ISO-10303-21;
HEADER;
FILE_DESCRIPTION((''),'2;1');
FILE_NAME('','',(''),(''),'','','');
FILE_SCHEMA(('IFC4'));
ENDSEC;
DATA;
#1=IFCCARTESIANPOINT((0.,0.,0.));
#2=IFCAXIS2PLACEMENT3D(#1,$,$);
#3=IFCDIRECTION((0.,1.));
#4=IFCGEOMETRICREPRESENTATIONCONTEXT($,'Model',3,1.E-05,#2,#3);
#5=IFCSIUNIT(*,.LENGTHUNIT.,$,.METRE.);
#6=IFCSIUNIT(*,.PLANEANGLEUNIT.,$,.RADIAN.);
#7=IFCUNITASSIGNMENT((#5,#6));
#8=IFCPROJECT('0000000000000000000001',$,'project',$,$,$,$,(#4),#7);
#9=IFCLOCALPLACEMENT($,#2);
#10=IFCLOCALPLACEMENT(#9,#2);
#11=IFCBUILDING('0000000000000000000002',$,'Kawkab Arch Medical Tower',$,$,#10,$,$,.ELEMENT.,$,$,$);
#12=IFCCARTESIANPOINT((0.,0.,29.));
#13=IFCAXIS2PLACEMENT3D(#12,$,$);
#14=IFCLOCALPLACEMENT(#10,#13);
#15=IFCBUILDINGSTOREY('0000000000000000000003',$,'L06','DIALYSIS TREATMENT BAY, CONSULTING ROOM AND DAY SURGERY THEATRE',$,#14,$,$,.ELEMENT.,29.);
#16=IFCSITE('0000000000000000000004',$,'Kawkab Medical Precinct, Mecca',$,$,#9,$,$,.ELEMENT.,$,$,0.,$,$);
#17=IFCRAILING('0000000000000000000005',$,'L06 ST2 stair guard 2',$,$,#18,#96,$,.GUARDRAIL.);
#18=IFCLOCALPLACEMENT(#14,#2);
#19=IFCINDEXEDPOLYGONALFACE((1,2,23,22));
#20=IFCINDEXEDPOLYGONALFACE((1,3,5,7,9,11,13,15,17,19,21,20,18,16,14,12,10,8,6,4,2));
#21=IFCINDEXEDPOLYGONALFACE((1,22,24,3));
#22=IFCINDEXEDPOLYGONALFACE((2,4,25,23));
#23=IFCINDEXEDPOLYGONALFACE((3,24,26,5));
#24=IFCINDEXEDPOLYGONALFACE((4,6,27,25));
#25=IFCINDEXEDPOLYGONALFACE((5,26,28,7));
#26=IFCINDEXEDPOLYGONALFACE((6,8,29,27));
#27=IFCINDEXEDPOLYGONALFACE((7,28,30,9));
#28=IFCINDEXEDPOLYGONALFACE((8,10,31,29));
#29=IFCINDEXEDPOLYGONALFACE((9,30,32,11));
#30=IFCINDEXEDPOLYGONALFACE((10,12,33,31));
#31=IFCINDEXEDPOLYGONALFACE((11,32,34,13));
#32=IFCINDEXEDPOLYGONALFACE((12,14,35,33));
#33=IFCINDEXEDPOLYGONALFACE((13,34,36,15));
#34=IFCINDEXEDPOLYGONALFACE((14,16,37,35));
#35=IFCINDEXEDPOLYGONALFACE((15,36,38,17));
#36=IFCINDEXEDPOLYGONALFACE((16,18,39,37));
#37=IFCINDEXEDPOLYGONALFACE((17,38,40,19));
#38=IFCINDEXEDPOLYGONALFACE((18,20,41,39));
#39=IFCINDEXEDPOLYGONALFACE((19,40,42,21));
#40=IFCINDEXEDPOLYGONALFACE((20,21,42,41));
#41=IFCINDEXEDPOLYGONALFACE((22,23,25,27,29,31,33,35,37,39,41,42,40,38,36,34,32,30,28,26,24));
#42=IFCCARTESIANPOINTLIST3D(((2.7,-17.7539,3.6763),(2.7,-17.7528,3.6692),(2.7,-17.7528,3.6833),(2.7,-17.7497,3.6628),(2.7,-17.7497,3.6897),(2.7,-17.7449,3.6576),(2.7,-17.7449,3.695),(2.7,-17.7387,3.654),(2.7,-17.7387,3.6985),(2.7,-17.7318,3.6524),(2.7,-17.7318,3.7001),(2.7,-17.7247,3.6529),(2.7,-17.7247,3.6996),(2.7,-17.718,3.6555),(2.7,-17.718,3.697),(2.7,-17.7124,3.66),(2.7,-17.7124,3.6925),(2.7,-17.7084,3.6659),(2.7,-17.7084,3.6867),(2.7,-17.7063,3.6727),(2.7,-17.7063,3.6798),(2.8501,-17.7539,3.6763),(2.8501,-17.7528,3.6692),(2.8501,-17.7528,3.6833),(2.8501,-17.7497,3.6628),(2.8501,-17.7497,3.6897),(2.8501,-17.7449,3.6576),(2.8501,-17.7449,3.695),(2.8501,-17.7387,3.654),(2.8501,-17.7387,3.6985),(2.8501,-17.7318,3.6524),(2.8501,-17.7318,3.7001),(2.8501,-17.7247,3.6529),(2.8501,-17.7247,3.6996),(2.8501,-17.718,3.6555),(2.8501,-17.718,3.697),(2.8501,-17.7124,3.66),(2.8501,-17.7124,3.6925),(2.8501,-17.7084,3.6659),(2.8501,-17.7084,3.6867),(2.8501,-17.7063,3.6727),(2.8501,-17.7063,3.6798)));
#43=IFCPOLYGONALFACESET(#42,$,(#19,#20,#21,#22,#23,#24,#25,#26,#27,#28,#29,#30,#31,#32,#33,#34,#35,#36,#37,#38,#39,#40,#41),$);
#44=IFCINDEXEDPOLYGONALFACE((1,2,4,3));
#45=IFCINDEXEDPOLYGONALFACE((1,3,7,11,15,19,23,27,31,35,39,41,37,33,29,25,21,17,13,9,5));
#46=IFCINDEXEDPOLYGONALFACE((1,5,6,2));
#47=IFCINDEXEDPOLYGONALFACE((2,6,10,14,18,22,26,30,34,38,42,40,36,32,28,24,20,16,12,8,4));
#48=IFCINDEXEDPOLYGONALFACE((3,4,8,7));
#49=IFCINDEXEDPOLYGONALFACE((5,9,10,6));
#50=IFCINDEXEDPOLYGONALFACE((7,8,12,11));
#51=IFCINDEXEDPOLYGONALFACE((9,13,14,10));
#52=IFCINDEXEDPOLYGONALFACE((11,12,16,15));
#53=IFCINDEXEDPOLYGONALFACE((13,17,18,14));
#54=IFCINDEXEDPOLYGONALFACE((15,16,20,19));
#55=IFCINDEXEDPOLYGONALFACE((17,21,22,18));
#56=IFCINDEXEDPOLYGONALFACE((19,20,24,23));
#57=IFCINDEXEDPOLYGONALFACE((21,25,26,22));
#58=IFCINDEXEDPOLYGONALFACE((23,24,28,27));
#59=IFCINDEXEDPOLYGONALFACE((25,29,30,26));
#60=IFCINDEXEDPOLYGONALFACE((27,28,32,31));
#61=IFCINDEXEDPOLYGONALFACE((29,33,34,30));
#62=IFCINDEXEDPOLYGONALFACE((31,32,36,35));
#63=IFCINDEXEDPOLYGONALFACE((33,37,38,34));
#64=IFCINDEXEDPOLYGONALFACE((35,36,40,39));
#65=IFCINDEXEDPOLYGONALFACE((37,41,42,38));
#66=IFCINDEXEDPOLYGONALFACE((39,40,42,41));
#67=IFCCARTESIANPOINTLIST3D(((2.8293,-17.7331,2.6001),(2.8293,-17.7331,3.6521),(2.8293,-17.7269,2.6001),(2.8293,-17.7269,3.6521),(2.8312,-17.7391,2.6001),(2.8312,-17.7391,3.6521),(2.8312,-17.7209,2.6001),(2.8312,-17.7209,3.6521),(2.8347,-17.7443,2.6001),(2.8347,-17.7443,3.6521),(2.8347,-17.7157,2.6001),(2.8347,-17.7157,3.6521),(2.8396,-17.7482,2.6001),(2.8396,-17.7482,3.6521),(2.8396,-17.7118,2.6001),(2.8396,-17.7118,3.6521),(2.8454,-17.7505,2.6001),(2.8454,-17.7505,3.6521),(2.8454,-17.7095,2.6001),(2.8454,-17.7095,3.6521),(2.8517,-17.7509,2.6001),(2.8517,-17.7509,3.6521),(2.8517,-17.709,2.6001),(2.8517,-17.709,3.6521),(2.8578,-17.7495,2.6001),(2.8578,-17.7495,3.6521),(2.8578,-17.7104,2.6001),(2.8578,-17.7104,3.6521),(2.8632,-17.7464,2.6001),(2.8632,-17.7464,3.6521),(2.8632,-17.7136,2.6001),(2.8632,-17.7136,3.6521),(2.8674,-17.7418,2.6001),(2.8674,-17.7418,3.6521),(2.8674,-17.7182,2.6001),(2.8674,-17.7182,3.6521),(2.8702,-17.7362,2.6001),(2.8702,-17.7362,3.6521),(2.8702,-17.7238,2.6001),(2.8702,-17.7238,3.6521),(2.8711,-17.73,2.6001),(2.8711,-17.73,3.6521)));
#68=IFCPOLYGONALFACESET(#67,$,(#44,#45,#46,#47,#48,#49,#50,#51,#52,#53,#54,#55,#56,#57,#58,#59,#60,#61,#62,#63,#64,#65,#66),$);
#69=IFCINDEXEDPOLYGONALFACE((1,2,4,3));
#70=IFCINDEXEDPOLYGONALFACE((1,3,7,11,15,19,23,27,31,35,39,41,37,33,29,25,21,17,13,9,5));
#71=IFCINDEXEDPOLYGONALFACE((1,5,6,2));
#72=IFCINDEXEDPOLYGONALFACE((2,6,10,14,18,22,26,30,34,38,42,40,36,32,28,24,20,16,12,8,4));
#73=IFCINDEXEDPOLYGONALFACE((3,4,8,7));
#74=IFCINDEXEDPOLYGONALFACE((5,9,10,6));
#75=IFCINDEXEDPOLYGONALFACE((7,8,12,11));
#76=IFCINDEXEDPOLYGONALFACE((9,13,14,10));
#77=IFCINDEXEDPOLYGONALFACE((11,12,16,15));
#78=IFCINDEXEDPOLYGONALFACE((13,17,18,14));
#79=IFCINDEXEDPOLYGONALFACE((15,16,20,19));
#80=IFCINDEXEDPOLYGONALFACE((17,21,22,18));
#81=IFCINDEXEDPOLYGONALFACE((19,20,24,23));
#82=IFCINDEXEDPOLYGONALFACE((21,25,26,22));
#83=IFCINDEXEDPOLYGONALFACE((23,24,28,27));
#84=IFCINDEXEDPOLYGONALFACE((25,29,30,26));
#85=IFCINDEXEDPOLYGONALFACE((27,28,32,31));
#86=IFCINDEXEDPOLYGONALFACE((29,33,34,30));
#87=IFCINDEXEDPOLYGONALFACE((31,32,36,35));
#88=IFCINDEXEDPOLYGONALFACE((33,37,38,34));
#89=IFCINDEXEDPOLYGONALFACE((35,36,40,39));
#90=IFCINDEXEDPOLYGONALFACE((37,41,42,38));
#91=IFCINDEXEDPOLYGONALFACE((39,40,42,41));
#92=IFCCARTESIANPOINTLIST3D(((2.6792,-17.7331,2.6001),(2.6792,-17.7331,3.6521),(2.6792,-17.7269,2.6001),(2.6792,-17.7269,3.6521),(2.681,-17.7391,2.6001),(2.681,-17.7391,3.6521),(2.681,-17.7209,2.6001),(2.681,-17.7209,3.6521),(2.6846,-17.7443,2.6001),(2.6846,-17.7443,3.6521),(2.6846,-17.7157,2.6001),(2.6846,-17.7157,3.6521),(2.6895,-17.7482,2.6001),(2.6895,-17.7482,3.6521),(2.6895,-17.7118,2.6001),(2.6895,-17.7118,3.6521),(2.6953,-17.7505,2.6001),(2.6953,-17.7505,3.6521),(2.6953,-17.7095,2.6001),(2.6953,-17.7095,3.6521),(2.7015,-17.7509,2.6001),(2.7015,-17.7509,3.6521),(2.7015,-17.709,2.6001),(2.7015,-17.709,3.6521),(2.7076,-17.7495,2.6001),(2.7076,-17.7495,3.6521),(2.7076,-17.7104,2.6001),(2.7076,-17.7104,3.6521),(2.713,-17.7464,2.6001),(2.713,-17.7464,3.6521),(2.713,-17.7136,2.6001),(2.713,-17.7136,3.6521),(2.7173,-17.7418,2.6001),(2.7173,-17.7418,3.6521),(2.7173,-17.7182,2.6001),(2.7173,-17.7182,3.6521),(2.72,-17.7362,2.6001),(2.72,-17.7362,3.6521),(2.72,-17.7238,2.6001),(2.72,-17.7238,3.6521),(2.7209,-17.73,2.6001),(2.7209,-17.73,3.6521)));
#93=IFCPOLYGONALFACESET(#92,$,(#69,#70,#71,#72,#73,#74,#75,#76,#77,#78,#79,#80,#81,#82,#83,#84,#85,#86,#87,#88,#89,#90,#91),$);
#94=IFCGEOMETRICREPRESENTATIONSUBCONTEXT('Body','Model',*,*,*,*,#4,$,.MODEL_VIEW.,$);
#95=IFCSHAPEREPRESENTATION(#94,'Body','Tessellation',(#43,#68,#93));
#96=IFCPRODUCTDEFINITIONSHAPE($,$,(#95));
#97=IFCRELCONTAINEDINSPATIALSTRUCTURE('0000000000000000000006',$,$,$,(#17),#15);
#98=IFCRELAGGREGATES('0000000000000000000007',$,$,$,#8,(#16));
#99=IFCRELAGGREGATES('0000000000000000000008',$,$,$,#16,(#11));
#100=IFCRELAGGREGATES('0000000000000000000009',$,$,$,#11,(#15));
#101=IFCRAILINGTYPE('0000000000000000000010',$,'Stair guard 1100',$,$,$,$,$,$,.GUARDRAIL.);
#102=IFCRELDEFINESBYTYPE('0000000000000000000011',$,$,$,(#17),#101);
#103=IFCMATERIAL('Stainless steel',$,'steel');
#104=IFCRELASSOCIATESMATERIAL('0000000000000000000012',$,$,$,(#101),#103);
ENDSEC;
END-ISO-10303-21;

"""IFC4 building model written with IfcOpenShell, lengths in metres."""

from ifc_helpers import new_model, si_unit, direction, frame, origin, origin_2d, place, context, subcontext, project, spatial, circle, extrude, material, type_object, element, save


model = new_model("IFC4")

# Units and contexts
model_context = context("Model", 3, precision=1e-05, world=origin(), true_north=direction((0.0, 1.0)))
body_context = subcontext(model_context, "Body", "Model", "MODEL_VIEW")
ifc_project = project(units=[si_unit("LENGTHUNIT", "METRE"), si_unit("PLANEANGLEUNIT", "RADIAN")], contexts=[model_context])

# Site, building, storey
site_placement = place(None, origin())
site = spatial("IfcSite", under=ifc_project, at=site_placement, Name="Kawkab Medical Precinct, Mecca", CompositionType="ELEMENT", RefElevation=0.0)
building_placement = place(site_placement, origin())
building = spatial("IfcBuilding", under=site, at=building_placement, Name="Kawkab Arch Medical Tower", CompositionType="ELEMENT")
storey_placement = place(building_placement, frame((0.0, 0.0, 29.0)))
storey = spatial("IfcBuildingStorey", under=building, at=storey_placement, Name="L06", Description="DIALYSIS TREATMENT BAY, CONSULTING ROOM AND DAY SURGERY THEATRE", CompositionType="ELEMENT", Elevation=29.0)

# Railing
ifc_material_1 = material(Name="Stainless steel", Category="steel")
railing_type = type_object("IfcRailingType", Name="Stair guard 1100", PredefinedType="GUARDRAIL", material=ifc_material_1)
for number, where, name in (
    (1, (2.8501, -17.73, 2.6001), "L06 ST2 stair guard 2"),
):
    element("IfcRailing", number, at=place(storey_placement, frame(where)), inside=storey, type_object=railing_type, Name=name, PredefinedType="GUARDRAIL", context=body_context, shape_type="SweptSolid", body=[
        extrude(circle(Radius=0.0239, at=origin_2d()), frame((0.0, 0.0, 1.0762), z_axis=(-1.0, 0.0, 0.0), x_axis=(0.0, -1.0, 0.0)), (0.0, 0.0, 1.0), 0.1501),
        extrude(circle(Radius=0.021, at=origin_2d()), origin(), (0.0, 0.0, 1.0), 1.052),
        extrude(circle(Radius=0.021, at=origin_2d()), frame((-0.1501, 0.0, 0.0)), (0.0, 0.0, 1.0), 1.052),
    ])

save(model, "model.ifc")
